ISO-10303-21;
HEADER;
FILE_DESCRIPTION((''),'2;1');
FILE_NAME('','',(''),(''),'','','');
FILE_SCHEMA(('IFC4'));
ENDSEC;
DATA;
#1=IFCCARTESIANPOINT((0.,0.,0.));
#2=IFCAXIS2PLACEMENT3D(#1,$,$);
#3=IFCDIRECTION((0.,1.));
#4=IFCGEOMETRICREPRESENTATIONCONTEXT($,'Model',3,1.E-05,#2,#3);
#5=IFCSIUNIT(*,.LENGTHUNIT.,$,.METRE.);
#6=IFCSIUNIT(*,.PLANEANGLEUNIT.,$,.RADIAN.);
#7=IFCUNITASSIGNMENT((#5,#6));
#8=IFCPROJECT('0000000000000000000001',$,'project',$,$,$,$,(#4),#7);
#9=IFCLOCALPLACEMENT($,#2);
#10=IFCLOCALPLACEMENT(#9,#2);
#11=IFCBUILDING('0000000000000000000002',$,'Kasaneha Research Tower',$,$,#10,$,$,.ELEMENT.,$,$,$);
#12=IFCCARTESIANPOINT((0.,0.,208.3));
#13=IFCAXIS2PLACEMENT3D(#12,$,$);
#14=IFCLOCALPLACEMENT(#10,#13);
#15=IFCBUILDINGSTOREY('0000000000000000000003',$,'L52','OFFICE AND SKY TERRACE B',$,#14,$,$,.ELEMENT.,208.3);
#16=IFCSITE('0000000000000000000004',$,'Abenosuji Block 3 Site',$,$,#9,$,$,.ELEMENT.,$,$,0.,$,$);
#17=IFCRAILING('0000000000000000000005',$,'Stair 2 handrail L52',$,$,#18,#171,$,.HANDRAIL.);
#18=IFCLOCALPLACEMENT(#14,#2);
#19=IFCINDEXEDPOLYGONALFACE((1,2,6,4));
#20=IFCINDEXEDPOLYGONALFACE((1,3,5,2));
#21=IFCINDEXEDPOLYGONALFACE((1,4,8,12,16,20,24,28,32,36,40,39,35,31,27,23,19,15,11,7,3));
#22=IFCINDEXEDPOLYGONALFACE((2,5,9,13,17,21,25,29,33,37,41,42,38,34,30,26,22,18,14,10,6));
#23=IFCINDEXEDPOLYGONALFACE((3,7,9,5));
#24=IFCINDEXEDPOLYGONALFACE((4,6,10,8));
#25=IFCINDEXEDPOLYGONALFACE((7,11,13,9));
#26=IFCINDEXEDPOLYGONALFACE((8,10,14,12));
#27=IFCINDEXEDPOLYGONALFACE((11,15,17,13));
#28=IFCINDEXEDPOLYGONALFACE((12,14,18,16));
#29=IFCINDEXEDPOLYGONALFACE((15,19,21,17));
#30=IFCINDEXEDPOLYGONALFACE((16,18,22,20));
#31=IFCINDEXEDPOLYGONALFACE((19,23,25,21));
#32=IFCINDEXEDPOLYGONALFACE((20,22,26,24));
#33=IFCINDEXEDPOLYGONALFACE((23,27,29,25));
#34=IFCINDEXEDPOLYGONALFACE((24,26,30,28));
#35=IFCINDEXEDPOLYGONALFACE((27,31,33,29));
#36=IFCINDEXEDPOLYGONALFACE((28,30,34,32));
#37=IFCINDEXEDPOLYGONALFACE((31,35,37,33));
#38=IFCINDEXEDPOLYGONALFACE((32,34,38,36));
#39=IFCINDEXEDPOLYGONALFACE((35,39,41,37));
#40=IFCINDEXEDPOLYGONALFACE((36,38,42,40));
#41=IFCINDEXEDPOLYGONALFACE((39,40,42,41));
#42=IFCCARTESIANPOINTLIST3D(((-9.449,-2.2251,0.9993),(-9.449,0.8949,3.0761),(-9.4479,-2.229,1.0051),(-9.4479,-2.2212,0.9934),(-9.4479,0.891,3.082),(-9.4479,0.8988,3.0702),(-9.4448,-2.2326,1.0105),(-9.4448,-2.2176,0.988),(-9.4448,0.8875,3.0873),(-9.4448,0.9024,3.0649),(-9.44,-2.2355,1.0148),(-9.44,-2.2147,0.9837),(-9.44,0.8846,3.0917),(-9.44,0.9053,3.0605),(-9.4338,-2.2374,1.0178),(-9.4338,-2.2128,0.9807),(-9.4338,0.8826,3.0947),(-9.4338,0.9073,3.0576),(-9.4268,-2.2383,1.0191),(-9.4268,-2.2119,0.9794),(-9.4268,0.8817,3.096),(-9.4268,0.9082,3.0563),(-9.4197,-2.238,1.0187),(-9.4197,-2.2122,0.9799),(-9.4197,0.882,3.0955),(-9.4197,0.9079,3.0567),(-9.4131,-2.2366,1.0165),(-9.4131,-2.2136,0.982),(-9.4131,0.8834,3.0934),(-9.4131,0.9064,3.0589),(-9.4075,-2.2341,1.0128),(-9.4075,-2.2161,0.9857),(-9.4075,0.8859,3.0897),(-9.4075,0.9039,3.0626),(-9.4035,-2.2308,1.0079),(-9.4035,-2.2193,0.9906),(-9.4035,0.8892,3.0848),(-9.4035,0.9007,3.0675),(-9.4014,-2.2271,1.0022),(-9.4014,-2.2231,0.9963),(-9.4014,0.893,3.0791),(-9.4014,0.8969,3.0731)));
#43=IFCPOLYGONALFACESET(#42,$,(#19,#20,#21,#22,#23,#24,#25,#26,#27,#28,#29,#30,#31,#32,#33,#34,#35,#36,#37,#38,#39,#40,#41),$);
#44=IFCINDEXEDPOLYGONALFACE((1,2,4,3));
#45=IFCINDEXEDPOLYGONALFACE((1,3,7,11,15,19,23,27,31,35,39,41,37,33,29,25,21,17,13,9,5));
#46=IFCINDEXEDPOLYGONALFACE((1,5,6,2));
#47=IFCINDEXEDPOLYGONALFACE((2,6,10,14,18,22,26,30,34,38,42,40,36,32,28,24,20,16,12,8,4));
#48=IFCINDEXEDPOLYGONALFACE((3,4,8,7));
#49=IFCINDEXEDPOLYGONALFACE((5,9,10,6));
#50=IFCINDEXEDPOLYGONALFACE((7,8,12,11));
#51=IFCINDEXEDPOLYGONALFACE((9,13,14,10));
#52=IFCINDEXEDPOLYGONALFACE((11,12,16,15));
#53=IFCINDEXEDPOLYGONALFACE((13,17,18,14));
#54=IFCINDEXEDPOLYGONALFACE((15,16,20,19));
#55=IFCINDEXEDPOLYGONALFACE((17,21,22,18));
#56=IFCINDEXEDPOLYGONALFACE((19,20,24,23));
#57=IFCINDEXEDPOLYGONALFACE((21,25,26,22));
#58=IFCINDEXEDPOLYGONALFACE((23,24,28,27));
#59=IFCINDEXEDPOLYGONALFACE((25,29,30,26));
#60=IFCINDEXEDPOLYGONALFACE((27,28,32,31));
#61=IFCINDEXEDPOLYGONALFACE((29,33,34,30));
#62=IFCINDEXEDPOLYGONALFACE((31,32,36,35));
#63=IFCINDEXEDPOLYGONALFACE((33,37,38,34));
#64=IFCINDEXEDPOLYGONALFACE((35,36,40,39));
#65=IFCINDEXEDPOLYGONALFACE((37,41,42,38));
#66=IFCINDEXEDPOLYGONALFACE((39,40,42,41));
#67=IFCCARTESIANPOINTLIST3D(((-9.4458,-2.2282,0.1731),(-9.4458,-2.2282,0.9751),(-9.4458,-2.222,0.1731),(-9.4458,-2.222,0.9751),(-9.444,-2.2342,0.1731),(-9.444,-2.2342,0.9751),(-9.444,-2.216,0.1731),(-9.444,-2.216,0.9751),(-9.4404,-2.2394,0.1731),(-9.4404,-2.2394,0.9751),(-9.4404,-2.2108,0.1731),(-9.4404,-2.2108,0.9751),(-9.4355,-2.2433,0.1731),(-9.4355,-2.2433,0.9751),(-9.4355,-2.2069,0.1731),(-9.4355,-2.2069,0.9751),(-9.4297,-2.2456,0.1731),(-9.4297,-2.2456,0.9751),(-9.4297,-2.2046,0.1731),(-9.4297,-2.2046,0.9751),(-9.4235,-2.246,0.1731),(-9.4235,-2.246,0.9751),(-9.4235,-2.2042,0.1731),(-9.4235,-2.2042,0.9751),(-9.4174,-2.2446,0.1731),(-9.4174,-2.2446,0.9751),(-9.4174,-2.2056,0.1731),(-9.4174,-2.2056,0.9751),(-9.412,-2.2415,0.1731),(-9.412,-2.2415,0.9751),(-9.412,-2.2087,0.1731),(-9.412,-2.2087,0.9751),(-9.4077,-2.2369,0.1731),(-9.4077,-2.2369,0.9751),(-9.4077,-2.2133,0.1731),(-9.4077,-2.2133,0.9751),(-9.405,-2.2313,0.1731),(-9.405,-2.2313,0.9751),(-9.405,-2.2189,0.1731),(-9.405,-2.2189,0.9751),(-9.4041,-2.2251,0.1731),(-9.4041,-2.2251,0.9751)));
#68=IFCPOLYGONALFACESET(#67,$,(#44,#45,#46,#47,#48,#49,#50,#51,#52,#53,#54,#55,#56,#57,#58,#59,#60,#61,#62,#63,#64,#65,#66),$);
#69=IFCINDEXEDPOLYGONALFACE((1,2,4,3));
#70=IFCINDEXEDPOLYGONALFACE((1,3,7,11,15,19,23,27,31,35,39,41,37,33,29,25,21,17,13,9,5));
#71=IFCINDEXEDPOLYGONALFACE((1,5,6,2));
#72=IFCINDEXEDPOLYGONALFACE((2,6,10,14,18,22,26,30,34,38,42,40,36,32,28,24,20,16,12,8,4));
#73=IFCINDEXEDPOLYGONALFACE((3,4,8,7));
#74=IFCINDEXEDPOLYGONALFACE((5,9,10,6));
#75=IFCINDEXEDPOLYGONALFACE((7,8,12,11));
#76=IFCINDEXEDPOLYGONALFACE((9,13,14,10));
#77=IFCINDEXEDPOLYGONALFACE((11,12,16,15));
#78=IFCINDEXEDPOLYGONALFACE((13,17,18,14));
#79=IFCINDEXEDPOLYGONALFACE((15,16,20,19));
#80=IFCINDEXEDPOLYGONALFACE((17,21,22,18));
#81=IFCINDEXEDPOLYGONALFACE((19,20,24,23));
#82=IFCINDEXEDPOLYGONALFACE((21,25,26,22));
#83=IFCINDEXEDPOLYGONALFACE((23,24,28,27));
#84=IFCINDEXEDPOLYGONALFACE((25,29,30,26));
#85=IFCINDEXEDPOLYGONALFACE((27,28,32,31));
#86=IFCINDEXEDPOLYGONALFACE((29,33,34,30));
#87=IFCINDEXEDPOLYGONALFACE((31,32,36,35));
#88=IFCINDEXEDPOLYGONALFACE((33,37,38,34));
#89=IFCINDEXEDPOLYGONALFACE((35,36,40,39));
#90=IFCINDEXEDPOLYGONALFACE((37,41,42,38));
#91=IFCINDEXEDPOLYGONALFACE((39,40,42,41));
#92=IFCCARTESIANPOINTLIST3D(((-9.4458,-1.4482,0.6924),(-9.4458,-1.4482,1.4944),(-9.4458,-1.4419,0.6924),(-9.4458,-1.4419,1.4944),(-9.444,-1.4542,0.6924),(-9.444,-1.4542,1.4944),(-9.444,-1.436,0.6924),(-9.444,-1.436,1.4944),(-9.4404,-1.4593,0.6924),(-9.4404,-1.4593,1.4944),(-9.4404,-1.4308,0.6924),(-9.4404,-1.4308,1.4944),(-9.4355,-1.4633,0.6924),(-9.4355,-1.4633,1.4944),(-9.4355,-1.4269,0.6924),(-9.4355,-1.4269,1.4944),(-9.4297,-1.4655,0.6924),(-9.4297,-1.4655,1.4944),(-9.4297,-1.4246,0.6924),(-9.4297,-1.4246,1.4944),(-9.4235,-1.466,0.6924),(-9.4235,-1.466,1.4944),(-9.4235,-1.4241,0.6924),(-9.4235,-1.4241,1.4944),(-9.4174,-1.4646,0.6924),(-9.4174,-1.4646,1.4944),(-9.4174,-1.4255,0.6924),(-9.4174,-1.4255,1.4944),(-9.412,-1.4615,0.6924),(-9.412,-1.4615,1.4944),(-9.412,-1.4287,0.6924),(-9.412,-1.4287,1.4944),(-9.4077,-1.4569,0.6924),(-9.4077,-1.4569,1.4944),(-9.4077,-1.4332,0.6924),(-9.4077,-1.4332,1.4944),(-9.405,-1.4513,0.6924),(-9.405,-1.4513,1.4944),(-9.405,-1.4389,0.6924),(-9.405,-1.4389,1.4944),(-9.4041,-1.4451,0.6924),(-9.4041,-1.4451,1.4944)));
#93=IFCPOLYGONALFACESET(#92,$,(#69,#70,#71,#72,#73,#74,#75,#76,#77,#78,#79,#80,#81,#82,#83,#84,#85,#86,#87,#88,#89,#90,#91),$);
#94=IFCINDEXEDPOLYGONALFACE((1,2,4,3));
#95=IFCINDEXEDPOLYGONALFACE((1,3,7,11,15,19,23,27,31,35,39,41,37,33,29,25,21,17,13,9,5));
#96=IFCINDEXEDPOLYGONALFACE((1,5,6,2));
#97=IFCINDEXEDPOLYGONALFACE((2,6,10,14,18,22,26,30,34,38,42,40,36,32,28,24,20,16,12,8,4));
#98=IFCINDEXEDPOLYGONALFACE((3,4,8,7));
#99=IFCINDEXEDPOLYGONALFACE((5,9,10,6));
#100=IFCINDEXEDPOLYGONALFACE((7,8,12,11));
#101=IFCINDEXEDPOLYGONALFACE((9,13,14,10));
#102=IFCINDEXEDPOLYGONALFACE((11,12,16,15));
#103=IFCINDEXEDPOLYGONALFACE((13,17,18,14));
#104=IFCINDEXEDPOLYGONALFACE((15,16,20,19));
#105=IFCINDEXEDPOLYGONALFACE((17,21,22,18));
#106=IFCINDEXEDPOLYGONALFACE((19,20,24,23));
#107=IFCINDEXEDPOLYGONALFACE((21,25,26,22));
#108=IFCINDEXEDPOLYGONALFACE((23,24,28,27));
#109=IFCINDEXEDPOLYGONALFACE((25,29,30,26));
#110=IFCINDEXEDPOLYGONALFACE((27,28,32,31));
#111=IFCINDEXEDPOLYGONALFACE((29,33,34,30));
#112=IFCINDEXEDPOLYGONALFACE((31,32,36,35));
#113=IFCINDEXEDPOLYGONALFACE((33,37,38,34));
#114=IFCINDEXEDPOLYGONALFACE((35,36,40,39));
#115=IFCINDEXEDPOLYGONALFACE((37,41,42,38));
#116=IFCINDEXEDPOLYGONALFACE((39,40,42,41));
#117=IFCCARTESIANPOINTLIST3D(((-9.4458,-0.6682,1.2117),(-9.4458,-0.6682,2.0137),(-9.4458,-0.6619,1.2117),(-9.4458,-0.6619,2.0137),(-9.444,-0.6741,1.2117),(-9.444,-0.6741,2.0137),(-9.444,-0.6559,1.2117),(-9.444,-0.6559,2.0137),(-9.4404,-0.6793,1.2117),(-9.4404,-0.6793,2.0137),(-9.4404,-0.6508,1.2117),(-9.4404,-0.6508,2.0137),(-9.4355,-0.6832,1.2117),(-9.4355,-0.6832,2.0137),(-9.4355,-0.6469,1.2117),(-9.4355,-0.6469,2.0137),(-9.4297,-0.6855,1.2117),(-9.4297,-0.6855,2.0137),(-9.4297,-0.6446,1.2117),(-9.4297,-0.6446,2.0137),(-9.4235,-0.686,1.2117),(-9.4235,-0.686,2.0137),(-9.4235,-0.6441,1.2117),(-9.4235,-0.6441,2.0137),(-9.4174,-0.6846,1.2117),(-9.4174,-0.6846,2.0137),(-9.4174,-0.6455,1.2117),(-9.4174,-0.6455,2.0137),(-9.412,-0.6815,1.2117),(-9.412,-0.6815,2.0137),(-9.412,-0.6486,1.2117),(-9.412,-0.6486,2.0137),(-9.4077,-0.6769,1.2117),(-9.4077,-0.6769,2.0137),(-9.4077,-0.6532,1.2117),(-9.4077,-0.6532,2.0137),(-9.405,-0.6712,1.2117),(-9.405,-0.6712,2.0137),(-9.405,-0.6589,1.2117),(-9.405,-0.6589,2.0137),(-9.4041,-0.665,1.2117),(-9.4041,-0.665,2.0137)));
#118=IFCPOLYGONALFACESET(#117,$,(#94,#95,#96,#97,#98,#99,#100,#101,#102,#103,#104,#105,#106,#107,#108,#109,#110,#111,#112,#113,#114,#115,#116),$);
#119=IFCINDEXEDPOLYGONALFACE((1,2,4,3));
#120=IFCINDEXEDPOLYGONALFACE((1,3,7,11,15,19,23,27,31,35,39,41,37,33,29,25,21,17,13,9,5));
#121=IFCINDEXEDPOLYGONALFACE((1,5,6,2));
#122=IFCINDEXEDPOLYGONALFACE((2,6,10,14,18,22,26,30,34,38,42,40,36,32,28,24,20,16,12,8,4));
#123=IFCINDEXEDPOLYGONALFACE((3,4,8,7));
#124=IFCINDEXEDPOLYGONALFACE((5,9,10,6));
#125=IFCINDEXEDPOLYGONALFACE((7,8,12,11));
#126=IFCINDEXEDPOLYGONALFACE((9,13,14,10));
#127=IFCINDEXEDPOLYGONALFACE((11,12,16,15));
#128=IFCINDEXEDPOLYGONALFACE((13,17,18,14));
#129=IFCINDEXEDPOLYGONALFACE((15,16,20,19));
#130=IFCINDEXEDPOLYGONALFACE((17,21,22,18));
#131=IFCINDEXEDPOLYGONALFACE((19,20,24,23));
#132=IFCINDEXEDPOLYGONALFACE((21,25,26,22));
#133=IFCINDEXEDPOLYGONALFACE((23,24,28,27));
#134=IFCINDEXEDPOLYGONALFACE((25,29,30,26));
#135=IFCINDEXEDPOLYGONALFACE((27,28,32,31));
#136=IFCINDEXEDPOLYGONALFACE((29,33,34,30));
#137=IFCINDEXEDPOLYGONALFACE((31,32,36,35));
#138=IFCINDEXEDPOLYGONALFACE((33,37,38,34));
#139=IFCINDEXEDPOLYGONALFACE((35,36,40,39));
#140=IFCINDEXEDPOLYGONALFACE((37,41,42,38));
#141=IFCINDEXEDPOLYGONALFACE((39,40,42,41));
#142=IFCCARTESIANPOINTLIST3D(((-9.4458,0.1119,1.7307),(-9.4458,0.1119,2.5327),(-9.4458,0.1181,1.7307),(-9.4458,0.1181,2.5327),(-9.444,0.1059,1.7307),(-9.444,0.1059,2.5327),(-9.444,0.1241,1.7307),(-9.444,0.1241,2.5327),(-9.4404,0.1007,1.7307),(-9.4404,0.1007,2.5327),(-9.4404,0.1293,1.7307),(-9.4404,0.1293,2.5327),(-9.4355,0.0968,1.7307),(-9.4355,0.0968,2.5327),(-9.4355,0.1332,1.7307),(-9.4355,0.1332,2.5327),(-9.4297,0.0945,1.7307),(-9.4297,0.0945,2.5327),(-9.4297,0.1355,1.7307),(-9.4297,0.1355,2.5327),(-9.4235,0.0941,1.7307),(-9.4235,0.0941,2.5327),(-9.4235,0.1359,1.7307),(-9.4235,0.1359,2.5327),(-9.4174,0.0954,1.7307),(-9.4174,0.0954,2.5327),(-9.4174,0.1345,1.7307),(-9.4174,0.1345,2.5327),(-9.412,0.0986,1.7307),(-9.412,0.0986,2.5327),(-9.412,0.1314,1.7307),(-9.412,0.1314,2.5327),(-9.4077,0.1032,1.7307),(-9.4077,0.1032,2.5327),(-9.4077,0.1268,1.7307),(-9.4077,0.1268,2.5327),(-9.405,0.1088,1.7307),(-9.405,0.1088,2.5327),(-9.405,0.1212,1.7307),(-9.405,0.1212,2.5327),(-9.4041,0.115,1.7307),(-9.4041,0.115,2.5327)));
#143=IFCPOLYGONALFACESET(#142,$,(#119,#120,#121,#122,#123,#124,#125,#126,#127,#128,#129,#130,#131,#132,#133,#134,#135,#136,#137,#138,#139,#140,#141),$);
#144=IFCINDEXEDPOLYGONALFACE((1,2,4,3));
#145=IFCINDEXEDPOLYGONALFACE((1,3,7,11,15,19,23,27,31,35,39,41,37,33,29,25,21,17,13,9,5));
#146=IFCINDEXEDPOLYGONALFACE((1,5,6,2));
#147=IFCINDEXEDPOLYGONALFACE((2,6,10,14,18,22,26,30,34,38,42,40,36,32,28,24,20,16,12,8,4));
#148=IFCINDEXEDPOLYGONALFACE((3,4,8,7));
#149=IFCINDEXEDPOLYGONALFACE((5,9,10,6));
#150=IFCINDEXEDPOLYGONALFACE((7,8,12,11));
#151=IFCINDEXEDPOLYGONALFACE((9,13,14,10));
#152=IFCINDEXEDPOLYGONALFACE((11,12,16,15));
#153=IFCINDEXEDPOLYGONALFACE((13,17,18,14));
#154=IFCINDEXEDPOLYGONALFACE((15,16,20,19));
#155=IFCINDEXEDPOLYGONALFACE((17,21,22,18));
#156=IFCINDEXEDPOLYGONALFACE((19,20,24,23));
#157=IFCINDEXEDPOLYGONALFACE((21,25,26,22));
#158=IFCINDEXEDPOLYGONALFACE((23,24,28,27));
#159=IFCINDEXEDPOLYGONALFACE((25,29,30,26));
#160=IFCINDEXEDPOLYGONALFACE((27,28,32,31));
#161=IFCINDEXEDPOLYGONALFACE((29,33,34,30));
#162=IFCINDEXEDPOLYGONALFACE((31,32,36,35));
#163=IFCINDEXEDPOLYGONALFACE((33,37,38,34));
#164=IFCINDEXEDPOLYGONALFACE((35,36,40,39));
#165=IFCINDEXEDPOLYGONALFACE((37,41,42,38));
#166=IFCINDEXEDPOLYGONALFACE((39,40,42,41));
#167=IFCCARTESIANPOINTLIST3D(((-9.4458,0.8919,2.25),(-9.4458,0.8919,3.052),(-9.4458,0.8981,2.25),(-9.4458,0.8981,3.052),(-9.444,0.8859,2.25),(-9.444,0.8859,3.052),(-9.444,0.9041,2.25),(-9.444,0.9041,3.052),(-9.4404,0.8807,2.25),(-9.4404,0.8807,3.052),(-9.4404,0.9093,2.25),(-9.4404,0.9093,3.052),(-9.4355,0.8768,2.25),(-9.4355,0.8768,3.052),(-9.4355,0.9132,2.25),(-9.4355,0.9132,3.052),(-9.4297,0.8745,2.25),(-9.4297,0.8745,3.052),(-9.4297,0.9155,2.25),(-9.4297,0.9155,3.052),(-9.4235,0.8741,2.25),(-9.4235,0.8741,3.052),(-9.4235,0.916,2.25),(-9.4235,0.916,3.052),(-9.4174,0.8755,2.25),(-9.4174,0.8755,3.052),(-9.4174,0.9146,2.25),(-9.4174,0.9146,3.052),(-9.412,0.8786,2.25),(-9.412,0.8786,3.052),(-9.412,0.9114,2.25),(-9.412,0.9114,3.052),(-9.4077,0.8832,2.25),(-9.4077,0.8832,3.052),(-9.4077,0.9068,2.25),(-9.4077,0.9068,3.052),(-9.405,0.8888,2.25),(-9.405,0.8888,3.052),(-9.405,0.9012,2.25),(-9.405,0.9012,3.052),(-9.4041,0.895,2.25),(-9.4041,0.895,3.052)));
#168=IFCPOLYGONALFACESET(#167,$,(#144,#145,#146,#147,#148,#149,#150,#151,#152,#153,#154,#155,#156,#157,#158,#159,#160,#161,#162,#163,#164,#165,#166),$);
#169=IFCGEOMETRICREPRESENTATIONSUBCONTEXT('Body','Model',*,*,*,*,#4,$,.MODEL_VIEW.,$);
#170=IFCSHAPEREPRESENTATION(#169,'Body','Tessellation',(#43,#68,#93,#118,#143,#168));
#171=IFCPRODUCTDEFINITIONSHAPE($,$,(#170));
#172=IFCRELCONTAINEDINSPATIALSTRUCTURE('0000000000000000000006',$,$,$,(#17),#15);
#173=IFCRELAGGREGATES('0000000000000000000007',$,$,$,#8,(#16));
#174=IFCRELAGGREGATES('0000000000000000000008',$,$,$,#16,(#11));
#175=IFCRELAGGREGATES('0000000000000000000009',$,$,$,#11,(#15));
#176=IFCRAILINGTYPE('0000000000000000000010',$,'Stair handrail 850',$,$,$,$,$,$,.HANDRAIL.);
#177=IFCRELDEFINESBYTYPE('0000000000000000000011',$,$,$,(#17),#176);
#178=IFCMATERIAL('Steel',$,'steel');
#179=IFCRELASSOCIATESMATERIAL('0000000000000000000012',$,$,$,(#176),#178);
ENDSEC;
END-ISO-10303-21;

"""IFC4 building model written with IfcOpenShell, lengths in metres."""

from ifc_helpers import new_model, si_unit, direction, frame, origin, origin_2d, place, context, subcontext, project, spatial, circle, extrude, material, type_object, element, save


model = new_model("IFC4")

# Units and contexts
model_context = context("Model", 3, precision=1e-05, world=origin(), true_north=direction((0.0, 1.0)))
body_context = subcontext(model_context, "Body", "Model", "MODEL_VIEW")
ifc_project = project(units=[si_unit("LENGTHUNIT", "METRE"), si_unit("PLANEANGLEUNIT", "RADIAN")], contexts=[model_context])

# Site, building, storey
site_placement = place(None, origin())
site = spatial("IfcSite", under=ifc_project, at=site_placement, Name="Abenosuji Block 3 Site", CompositionType="ELEMENT", RefElevation=0.0)
building_placement = place(site_placement, origin())
building = spatial("IfcBuilding", under=site, at=building_placement, Name="Kasaneha Research Tower", CompositionType="ELEMENT")
storey_placement = place(building_placement, frame((0.0, 0.0, 208.3)))
storey = spatial("IfcBuildingStorey", under=building, at=storey_placement, Name="L52", Description="OFFICE AND SKY TERRACE B", CompositionType="ELEMENT", Elevation=208.3)

# Railing
ifc_material_1 = material(Name="Steel", Category="steel")
railing_type = type_object("IfcRailingType", Name="Stair handrail 850", PredefinedType="HANDRAIL", material=ifc_material_1)
railing_placement = place(storey_placement, frame((-9.425, -2.2251, 0.1731)))
element("IfcRailing", 1, at=railing_placement, inside=storey, type_object=railing_type, Name="Stair 2 handrail L52", PredefinedType="HANDRAIL", context=body_context, shape_type="SweptSolid", body=[
    extrude(circle(Radius=0.0239, at=origin_2d()), frame((0.0, 0.0, 0.8262), z_axis=(0.0, 0.832441, 0.554114), x_axis=(-1.0, 0.0, 0.0)), (0.0, 0.0, 1.0), 3.748),
    extrude(circle(Radius=0.021, at=origin_2d()), origin(), (0.0, 0.0, 1.0), 0.802),
    extrude(circle(Radius=0.021, at=origin_2d()), frame((0.0, 0.78, 0.5193)), (0.0, 0.0, 1.0), 0.802),
    extrude(circle(Radius=0.021, at=origin_2d()), frame((0.0, 1.5601, 1.0386)), (0.0, 0.0, 1.0), 0.802),
    extrude(circle(Radius=0.021, at=origin_2d()), frame((0.0, 2.3401, 1.5576)), (0.0, 0.0, 1.0), 0.802),
    extrude(circle(Radius=0.021, at=origin_2d()), frame((0.0, 3.1201, 2.0769)), (0.0, 0.0, 1.0), 0.802),
])

save(model, "model.ifc")
